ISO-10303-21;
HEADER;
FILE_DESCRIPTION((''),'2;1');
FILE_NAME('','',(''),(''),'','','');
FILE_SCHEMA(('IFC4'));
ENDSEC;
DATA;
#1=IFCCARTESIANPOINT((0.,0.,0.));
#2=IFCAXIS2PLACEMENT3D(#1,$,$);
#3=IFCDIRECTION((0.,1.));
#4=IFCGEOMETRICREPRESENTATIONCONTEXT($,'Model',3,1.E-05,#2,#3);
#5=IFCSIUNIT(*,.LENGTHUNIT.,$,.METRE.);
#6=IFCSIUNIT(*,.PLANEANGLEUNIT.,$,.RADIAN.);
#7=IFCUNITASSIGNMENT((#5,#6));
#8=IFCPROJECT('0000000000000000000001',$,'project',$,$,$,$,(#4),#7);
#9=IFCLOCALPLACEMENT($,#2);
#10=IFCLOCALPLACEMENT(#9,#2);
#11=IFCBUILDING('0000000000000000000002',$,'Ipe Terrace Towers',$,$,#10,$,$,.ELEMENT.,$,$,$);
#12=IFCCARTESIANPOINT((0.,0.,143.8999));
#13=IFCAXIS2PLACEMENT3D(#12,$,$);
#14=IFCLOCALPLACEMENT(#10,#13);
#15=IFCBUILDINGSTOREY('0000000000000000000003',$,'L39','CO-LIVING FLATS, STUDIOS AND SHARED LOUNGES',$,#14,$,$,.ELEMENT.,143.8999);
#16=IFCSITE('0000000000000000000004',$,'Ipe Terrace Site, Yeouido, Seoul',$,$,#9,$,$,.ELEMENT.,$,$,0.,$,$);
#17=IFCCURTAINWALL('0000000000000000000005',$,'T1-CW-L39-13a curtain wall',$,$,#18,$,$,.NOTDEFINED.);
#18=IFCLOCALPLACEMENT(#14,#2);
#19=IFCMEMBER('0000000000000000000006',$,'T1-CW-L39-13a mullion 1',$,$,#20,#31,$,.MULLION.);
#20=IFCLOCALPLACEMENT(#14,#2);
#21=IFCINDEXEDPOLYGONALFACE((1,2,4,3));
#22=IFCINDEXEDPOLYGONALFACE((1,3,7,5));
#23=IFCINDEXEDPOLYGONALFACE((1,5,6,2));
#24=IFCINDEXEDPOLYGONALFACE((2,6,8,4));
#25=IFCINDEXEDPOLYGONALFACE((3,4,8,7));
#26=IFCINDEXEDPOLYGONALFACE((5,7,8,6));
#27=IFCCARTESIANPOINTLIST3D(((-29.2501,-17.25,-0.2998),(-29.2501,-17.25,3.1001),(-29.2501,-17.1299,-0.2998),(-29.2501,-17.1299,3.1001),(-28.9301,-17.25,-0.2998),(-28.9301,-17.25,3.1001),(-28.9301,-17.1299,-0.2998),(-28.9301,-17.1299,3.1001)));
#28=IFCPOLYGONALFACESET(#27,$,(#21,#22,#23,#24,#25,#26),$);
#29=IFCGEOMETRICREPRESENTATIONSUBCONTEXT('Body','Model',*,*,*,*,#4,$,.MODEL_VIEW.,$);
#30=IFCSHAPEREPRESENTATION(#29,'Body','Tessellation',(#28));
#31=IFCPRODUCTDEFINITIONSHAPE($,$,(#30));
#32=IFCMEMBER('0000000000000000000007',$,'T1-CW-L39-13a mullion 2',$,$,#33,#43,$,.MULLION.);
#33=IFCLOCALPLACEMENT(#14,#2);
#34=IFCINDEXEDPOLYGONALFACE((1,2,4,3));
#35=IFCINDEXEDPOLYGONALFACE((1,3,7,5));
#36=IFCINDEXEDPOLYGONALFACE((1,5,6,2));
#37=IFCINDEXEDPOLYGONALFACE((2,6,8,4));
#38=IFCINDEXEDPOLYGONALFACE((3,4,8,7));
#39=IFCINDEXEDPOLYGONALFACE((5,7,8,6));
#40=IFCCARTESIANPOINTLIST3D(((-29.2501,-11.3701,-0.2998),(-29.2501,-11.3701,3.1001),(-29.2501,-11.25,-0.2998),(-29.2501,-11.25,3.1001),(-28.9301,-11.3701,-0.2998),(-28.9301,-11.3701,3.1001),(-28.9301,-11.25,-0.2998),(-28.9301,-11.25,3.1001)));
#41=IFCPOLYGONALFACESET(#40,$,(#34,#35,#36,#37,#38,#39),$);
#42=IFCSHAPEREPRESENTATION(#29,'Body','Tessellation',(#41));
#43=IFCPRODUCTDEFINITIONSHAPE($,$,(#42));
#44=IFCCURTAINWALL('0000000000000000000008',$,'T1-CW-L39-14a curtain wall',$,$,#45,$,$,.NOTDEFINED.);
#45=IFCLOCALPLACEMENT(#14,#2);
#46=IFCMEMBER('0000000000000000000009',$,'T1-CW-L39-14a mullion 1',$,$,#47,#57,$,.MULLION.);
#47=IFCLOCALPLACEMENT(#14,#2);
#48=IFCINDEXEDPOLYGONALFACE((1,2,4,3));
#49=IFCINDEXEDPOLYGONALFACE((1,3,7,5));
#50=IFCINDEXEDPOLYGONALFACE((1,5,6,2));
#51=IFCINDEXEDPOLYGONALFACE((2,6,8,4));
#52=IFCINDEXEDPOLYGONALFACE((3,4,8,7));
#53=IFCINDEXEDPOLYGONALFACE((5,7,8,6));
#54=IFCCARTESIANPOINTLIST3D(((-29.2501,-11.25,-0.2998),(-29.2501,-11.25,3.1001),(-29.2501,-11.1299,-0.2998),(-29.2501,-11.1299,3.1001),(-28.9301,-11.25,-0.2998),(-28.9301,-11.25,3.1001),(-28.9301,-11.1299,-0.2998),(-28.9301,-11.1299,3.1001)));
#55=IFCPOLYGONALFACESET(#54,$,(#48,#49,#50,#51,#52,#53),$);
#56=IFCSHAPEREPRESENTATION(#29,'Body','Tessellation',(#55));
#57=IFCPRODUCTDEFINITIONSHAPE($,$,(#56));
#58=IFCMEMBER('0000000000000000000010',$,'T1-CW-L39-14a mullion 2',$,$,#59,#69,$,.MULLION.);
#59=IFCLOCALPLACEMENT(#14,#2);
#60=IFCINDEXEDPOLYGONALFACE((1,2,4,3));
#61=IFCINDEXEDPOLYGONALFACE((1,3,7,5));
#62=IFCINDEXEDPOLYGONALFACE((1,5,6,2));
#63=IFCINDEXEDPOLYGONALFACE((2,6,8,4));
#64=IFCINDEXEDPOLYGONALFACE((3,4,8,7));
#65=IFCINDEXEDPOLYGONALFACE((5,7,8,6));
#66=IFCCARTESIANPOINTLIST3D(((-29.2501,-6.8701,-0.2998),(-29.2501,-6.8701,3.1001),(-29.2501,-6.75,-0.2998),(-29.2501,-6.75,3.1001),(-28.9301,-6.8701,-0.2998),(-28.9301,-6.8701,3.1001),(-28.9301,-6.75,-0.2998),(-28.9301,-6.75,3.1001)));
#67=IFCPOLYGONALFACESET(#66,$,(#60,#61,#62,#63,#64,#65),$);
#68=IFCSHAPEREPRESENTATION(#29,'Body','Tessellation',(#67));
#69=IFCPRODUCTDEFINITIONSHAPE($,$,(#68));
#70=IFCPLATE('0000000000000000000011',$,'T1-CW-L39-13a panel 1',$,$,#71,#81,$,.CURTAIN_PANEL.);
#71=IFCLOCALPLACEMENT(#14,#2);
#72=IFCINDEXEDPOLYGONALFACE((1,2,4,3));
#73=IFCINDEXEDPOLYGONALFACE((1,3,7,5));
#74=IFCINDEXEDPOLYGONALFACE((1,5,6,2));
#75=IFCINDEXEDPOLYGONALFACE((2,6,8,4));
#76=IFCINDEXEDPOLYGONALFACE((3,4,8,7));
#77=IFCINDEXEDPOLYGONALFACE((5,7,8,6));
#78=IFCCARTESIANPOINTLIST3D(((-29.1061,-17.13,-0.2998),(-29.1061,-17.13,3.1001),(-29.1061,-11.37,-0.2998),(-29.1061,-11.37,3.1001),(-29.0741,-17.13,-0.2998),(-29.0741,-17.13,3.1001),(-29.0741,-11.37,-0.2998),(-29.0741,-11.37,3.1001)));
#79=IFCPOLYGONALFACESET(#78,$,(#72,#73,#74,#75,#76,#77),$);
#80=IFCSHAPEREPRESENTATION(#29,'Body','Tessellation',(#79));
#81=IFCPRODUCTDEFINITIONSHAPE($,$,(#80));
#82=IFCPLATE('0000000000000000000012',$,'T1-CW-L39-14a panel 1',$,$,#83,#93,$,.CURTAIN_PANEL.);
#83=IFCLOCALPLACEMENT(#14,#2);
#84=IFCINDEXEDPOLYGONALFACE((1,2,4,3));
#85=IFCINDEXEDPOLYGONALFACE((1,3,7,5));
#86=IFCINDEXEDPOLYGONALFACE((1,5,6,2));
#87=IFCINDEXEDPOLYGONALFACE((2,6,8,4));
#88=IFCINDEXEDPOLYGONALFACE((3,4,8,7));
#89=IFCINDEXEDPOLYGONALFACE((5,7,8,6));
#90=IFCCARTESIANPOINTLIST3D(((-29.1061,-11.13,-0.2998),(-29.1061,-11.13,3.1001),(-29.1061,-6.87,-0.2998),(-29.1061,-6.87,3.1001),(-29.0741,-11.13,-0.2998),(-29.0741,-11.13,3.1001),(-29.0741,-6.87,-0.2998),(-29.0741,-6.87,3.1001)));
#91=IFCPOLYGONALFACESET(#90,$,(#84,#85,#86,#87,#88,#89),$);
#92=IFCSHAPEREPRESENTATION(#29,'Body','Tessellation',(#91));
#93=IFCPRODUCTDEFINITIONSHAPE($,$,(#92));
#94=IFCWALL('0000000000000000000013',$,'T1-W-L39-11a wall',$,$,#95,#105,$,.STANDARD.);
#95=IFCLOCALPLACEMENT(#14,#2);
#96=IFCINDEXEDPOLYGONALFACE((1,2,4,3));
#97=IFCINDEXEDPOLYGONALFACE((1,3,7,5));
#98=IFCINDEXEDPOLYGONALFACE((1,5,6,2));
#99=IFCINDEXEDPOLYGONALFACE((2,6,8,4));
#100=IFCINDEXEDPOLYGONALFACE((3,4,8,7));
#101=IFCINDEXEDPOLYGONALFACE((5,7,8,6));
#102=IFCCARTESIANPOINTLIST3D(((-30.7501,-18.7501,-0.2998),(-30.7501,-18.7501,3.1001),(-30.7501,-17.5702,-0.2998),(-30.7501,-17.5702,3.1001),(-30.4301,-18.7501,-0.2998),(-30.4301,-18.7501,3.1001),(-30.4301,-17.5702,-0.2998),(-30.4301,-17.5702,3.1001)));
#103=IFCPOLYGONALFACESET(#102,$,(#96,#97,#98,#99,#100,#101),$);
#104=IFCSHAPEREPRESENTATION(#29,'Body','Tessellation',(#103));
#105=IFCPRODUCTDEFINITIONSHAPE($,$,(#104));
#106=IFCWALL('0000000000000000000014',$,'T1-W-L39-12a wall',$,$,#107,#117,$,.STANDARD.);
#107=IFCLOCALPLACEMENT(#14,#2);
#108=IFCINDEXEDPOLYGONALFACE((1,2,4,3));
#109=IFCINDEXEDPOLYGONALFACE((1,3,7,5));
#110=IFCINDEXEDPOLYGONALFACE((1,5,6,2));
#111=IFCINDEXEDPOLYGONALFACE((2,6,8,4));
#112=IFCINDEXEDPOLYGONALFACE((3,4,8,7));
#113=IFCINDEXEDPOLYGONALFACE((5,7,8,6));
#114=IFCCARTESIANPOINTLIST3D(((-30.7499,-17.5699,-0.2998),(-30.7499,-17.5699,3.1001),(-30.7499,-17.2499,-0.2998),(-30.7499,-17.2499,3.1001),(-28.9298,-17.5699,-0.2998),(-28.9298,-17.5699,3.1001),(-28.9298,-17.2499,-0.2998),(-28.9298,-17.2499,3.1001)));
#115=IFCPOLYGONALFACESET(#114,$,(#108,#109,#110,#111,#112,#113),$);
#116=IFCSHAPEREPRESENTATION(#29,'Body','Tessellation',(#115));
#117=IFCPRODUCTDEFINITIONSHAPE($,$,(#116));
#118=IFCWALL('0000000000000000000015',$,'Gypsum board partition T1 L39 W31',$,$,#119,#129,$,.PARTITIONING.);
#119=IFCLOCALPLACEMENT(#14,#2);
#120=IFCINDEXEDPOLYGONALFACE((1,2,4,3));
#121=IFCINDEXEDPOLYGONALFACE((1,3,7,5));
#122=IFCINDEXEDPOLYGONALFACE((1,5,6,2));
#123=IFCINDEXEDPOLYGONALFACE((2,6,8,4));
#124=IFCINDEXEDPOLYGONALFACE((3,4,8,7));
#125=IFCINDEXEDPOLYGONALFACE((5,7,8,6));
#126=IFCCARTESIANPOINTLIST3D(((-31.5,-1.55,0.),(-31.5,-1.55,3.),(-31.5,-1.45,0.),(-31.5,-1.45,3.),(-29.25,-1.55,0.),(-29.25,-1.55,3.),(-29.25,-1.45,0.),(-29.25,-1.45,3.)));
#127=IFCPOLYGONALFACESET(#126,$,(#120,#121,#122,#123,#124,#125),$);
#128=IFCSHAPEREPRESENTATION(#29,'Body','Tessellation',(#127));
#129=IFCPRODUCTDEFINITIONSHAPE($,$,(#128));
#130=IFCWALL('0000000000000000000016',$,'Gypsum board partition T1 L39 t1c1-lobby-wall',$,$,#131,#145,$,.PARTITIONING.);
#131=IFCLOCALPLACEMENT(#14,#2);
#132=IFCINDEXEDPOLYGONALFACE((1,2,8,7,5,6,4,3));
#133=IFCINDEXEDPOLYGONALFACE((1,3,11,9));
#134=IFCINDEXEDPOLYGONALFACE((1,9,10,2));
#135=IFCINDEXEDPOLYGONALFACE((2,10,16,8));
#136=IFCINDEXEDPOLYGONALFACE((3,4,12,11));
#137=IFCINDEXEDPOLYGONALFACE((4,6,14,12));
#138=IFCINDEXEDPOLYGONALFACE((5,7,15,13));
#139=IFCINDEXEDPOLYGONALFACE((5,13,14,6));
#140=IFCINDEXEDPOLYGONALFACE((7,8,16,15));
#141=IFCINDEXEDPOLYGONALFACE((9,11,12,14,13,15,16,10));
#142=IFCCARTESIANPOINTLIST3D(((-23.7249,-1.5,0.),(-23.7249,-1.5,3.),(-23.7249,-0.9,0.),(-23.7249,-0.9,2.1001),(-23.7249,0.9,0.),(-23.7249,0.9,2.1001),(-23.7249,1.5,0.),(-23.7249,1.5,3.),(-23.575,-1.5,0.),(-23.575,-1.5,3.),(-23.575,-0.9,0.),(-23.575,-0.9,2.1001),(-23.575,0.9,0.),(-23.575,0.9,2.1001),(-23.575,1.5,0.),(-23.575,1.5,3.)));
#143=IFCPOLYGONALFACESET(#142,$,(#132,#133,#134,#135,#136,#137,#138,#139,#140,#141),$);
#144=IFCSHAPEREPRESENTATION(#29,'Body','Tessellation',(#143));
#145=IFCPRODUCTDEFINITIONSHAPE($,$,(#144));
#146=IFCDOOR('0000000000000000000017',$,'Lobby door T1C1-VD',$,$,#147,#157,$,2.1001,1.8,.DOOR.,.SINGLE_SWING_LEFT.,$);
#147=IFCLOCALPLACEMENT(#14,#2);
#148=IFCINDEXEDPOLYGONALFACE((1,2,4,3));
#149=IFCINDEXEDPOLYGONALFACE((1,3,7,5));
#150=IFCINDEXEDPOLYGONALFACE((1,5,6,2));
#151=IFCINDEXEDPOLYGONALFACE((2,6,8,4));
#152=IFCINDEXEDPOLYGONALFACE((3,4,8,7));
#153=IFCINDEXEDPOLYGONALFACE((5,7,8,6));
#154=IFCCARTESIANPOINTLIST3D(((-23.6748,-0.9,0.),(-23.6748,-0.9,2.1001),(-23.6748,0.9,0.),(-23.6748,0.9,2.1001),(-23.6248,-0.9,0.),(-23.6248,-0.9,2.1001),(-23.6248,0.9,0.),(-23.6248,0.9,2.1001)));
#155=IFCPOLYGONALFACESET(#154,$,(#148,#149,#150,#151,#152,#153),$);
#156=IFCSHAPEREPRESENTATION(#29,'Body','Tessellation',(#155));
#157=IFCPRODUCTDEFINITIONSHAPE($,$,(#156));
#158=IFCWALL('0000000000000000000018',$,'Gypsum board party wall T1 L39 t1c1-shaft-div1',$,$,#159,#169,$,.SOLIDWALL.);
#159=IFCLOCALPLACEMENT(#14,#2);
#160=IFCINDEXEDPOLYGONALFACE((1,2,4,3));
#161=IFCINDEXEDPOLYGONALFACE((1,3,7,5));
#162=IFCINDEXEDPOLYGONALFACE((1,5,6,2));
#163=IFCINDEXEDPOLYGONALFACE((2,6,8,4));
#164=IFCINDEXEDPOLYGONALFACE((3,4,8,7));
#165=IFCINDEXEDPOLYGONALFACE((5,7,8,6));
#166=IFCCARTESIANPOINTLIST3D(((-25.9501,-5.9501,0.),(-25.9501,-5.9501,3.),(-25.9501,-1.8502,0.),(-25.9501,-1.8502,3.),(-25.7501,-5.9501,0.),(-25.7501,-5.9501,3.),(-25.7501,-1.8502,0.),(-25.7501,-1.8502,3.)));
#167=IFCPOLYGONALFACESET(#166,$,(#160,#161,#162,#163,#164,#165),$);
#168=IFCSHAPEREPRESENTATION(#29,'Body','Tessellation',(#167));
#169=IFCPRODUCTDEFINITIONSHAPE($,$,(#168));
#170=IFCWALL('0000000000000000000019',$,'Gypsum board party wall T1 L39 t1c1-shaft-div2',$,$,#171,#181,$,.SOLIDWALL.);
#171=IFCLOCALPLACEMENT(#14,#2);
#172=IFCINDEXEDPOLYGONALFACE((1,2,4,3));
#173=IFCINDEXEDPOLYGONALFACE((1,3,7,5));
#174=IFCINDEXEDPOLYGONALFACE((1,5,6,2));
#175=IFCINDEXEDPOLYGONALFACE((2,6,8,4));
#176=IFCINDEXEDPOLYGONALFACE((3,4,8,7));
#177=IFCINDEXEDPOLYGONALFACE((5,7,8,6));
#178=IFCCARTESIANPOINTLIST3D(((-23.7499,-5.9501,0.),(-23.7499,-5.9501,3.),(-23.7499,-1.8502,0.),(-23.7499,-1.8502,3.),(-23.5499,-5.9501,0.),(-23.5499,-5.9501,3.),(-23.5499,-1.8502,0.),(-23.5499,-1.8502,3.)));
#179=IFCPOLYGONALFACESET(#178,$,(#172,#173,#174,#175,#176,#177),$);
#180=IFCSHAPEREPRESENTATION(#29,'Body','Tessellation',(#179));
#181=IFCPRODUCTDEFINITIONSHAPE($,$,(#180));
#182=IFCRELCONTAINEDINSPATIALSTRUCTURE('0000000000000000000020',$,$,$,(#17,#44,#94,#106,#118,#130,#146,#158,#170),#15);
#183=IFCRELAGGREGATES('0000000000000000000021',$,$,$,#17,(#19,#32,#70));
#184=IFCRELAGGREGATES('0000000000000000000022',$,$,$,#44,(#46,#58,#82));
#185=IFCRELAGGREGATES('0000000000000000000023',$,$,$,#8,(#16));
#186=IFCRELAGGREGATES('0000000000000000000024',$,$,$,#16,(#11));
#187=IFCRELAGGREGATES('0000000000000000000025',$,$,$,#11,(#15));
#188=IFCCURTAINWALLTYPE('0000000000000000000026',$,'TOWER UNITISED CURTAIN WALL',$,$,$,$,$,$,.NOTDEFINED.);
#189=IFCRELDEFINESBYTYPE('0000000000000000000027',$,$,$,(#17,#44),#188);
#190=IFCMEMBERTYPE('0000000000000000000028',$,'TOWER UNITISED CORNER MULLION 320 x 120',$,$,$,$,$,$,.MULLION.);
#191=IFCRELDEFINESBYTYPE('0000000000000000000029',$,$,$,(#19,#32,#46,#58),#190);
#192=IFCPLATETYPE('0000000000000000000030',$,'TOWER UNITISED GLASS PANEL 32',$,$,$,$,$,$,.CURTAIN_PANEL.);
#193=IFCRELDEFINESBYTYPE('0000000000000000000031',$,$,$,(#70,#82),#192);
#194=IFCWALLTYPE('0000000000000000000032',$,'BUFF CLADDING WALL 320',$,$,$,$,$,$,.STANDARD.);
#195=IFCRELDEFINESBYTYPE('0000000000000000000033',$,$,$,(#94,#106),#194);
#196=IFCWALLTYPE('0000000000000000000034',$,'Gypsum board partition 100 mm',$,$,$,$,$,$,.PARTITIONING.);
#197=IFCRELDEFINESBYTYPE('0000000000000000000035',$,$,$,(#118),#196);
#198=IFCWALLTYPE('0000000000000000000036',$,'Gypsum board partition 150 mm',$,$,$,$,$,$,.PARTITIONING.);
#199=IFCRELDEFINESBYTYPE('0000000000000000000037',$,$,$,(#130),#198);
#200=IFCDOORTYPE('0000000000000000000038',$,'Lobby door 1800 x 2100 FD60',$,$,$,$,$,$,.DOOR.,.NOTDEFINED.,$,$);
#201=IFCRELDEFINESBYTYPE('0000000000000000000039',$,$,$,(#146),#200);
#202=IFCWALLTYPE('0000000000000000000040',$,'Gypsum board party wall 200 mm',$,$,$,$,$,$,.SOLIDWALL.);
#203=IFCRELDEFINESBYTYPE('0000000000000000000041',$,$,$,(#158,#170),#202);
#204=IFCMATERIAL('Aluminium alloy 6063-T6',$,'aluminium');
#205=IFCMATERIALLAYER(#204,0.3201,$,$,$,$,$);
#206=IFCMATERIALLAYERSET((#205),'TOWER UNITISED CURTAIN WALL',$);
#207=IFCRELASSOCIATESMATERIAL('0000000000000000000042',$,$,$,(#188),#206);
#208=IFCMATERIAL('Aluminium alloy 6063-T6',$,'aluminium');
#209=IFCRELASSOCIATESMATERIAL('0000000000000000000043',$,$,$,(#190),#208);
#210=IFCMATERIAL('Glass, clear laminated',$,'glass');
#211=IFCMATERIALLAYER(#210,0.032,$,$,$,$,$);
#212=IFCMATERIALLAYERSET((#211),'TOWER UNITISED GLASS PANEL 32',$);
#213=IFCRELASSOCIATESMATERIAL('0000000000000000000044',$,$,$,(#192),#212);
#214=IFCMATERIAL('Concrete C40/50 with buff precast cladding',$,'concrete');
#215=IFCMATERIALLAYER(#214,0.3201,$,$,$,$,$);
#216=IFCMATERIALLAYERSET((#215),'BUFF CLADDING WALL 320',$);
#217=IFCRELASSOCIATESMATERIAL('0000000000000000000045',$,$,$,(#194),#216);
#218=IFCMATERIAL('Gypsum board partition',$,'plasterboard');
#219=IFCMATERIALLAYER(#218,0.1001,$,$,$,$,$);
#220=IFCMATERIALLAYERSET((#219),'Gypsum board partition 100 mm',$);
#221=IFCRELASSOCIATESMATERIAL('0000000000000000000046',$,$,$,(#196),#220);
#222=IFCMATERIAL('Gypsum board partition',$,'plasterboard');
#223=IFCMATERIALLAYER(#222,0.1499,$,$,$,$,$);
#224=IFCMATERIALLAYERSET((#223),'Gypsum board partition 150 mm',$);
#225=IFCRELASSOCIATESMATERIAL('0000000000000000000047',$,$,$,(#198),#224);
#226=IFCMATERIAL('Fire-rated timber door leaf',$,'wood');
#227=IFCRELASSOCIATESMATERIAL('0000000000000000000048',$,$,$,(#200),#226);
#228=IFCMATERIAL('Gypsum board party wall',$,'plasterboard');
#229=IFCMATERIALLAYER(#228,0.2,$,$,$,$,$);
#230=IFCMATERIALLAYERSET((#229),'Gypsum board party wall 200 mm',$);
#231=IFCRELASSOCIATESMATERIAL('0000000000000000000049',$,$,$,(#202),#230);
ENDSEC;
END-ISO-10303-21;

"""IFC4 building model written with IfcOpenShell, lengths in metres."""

from ifc_helpers import new_model, si_unit, direction, frame, frame_2d, origin, origin_2d, place, context, subcontext, project, spatial, rectangle, extrude, material, layer, layer_set, material_profile, profile_set, type_object, element, fill, aggregate, save


model = new_model("IFC4")

# Units and contexts
model_context = context("Model", 3, precision=1e-05, world=origin(), true_north=direction((0.0, 1.0)))
body_context = subcontext(model_context, "Body", "Model", "MODEL_VIEW")
ifc_project = project(units=[si_unit("LENGTHUNIT", "METRE"), si_unit("PLANEANGLEUNIT", "RADIAN")], contexts=[model_context])

# Site, building, storey
site_placement = place(None, origin())
site = spatial("IfcSite", under=ifc_project, at=site_placement, Name="Ipe Terrace Site, Yeouido, Seoul", CompositionType="ELEMENT", RefElevation=0.0)
building_placement = place(site_placement, origin())
building = spatial("IfcBuilding", under=site, at=building_placement, Name="Ipe Terrace Towers", CompositionType="ELEMENT")
storey_placement = place(building_placement, frame((0.0, 0.0, 143.8999)))
storey = spatial("IfcBuildingStorey", under=building, at=storey_placement, Name="L39", Description="CO-LIVING FLATS, STUDIOS AND SHARED LOUNGES", CompositionType="ELEMENT", Elevation=143.8999)

# Curtain walls, members
ifc_material_1 = material(Name="Aluminium alloy 6063-T6", Category="aluminium")
ifc_layer_1 = layer(ifc_material_1, 0.3201)
ifc_layer_set_1 = layer_set([ifc_layer_1], Name="TOWER UNITISED CURTAIN WALL")
curtain_wall_type = type_object("IfcCurtainWallType", Name="TOWER UNITISED CURTAIN WALL", PredefinedType="NOTDEFINED", material=ifc_layer_set_1)
curtain_wall_1_placement = place(storey_placement, origin())
curtain_wall_1 = element("IfcCurtainWall", 1, at=curtain_wall_1_placement, inside=storey, type_object=curtain_wall_type, Name="T1-CW-L39-13a curtain wall", PredefinedType="NOTDEFINED")
ifc_material_2 = material(Name="Aluminium alloy 6063-T6", Category="aluminium")
ifc_material_profile_1 = material_profile(ifc_material_2, rectangle(XDim=0.3201, YDim=0.1201, at=origin_2d()), Name="TOWER UNITISED CORNER MULLION 320 x 120")
ifc_profile_set_1 = profile_set([ifc_material_profile_1], Name="Aluminium alloy 6063-T6")
member_type = type_object("IfcMemberType", Name="TOWER UNITISED CORNER MULLION 320 x 120", PredefinedType="MULLION", material=ifc_profile_set_1)
member_1_placement = place(storey_placement, frame((-29.0901, -17.1899, -0.2998), z_axis=(0.0, 0.0, 1.0), x_axis=(1.0, 0.0, 0.0)))
member_1 = element("IfcMember", 2, at=member_1_placement, type_object=member_type, Name="T1-CW-L39-13a mullion 1", PredefinedType="MULLION", context=body_context, shape_type="SweptSolid", body=[
    extrude(rectangle(XDim=0.3201, YDim=0.1201, at=origin_2d()), origin(), (0.0, 0.0, 1.0), 3.3999),
])
member_2_placement = place(storey_placement, frame((-29.0901, -11.3101, -0.2998), z_axis=(0.0, 0.0, 1.0), x_axis=(1.0, 0.0, 0.0)))
member_2 = element("IfcMember", 3, at=member_2_placement, type_object=member_type, Name="T1-CW-L39-13a mullion 2", PredefinedType="MULLION", context=body_context, shape_type="SweptSolid", body=[
    extrude(rectangle(XDim=0.3201, YDim=0.1201, at=origin_2d()), origin(), (0.0, 0.0, 1.0), 3.3999),
])
curtain_wall_2_placement = place(storey_placement, origin())
curtain_wall_2 = element("IfcCurtainWall", 4, at=curtain_wall_2_placement, inside=storey, type_object=curtain_wall_type, Name="T1-CW-L39-14a curtain wall", PredefinedType="NOTDEFINED")
member_3_placement = place(storey_placement, frame((-29.0901, -11.1899, -0.2998), z_axis=(0.0, 0.0, 1.0), x_axis=(1.0, 0.0, 0.0)))
member_3 = element("IfcMember", 5, at=member_3_placement, type_object=member_type, Name="T1-CW-L39-14a mullion 1", PredefinedType="MULLION", context=body_context, shape_type="SweptSolid", body=[
    extrude(rectangle(XDim=0.3201, YDim=0.1201, at=origin_2d()), origin(), (0.0, 0.0, 1.0), 3.3999),
])
member_4_placement = place(storey_placement, frame((-29.0901, -6.8101, -0.2998), z_axis=(0.0, 0.0, 1.0), x_axis=(1.0, 0.0, 0.0)))
member_4 = element("IfcMember", 6, at=member_4_placement, type_object=member_type, Name="T1-CW-L39-14a mullion 2", PredefinedType="MULLION", context=body_context, shape_type="SweptSolid", body=[
    extrude(rectangle(XDim=0.3201, YDim=0.1201, at=origin_2d()), origin(), (0.0, 0.0, 1.0), 3.3999),
])

# Plates
ifc_material_3 = material(Name="Glass, clear laminated", Category="glass")
ifc_layer_2 = layer(ifc_material_3, 0.032)
ifc_layer_set_2 = layer_set([ifc_layer_2], Name="TOWER UNITISED GLASS PANEL 32")
plate_type = type_object("IfcPlateType", Name="TOWER UNITISED GLASS PANEL 32", PredefinedType="CURTAIN_PANEL", material=ifc_layer_set_2)
plate_1_placement = place(storey_placement, frame((-29.0901, -14.25, -0.2998), z_axis=(0.0, 0.0, 1.0), x_axis=(0.0, 1.0, 0.0)))
plate_1 = element("IfcPlate", 7, at=plate_1_placement, type_object=plate_type, Name="T1-CW-L39-13a panel 1", PredefinedType="CURTAIN_PANEL", context=body_context, shape_type="SweptSolid", body=[
    extrude(rectangle(XDim=5.76, YDim=0.032, at=origin_2d()), origin(), (0.0, 0.0, 1.0), 3.3999),
])
aggregate(curtain_wall_1, [member_1, member_2, plate_1])
plate_2_placement = place(storey_placement, frame((-29.0901, -9.0, -0.2998), z_axis=(0.0, 0.0, 1.0), x_axis=(0.0, 1.0, 0.0)))
plate_2 = element("IfcPlate", 8, at=plate_2_placement, type_object=plate_type, Name="T1-CW-L39-14a panel 1", PredefinedType="CURTAIN_PANEL", context=body_context, shape_type="SweptSolid", body=[
    extrude(rectangle(XDim=4.26, YDim=0.032, at=origin_2d()), origin(), (0.0, 0.0, 1.0), 3.3999),
])
aggregate(curtain_wall_2, [member_3, member_4, plate_2])

# Walls
ifc_material_4 = material(Name="Concrete C40/50 with buff precast cladding", Category="concrete")
ifc_layer_3 = layer(ifc_material_4, 0.3201)
ifc_layer_set_3 = layer_set([ifc_layer_3], Name="BUFF CLADDING WALL 320")
wall_type_1 = type_object("IfcWallType", Name="BUFF CLADDING WALL 320", PredefinedType="STANDARD", material=ifc_layer_set_3)
wall_1_placement = place(storey_placement, frame((-30.5901, -18.75, -0.2998), z_axis=(0.0, 0.0, 1.0), x_axis=(0.0, 1.0, 0.0)))
element("IfcWall", 9, at=wall_1_placement, inside=storey, type_object=wall_type_1, Name="T1-W-L39-11a wall", PredefinedType="STANDARD", context=body_context, shape_type="SweptSolid", body=[
    extrude(rectangle(XDim=1.1799, YDim=0.3201, at=frame_2d((0.5898, 0.0))), origin(), (0.0, 0.0, 1.0), 3.3999),
])
wall_2_placement = place(storey_placement, frame((-30.75, -17.4099, -0.2998), z_axis=(0.0, 0.0, 1.0), x_axis=(1.0, 0.0, 0.0)))
element("IfcWall", 10, at=wall_2_placement, inside=storey, type_object=wall_type_1, Name="T1-W-L39-12a wall", PredefinedType="STANDARD", context=body_context, shape_type="SweptSolid", body=[
    extrude(rectangle(XDim=1.8201, YDim=0.3201, at=frame_2d((0.9102, 0.0))), origin(), (0.0, 0.0, 1.0), 3.3999),
])
ifc_material_5 = material(Name="Gypsum board partition", Category="plasterboard")
ifc_layer_4 = layer(ifc_material_5, 0.1001)
ifc_layer_set_4 = layer_set([ifc_layer_4], Name="Gypsum board partition 100 mm")
wall_type_2 = type_object("IfcWallType", Name="Gypsum board partition 100 mm", PredefinedType="PARTITIONING", material=ifc_layer_set_4)
wall_3_placement = place(storey_placement, frame((-31.5, -1.5, 0.0), z_axis=(0.0, 0.0, 1.0), x_axis=(1.0, 0.0, 0.0)))
element("IfcWall", 11, at=wall_3_placement, inside=storey, type_object=wall_type_2, Name="Gypsum board partition T1 L39 W31", PredefinedType="PARTITIONING", context=body_context, shape_type="SweptSolid", body=[
    extrude(rectangle(XDim=2.25, YDim=0.1001, at=frame_2d((1.125, 0.0))), origin(), (0.0, 0.0, 1.0), 3.0),
])

# Wall, opening, door
ifc_material_6 = material(Name="Gypsum board partition", Category="plasterboard")
ifc_layer_5 = layer(ifc_material_6, 0.1499)
ifc_layer_set_5 = layer_set([ifc_layer_5], Name="Gypsum board partition 150 mm")
wall_type_3 = type_object("IfcWallType", Name="Gypsum board partition 150 mm", PredefinedType="PARTITIONING", material=ifc_layer_set_5)
wall_4_placement = place(storey_placement, frame((-23.6499, -1.5, 0.0), z_axis=(0.0, 0.0, 1.0), x_axis=(0.0, 1.0, 0.0)))
wall_4 = element("IfcWall", 12, at=wall_4_placement, inside=storey, type_object=wall_type_3, Name="Gypsum board partition T1 L39 t1c1-lobby-wall", PredefinedType="PARTITIONING", context=body_context, shape_type="SweptSolid", body=[
    extrude(rectangle(XDim=3.0, YDim=0.1499, at=frame_2d((1.5, 0.0))), origin(), (0.0, 0.0, 1.0), 3.0),
])
opening_1_placement = place(wall_4_placement, frame((0.6001, 0.0, 0.0)))
opening_1 = element("IfcOpeningElement", 13, at=opening_1_placement, cuts=wall_4, PredefinedType="OPENING", context=body_context, shape_type="SweptSolid", body=[
    extrude(rectangle(XDim=1.8, YDim=2.1001, at=frame_2d((0.8999, 1.05))), frame((0.0, 0.085, 0.0), z_axis=(0.0, -1.0, 0.0), x_axis=(1.0, 0.0, 0.0)), (0.0, 0.0, 1.0), 0.1699),
])
ifc_material_7 = material(Name="Fire-rated timber door leaf", Category="wood")
door_type_1 = type_object("IfcDoorType", Name="Lobby door 1800 x 2100 FD60", OperationType="NOTDEFINED", PredefinedType="DOOR", material=ifc_material_7)
door_1_placement = place(opening_1_placement, origin())
door_1 = element("IfcDoor", 14, at=door_1_placement, inside=storey, type_object=door_type_1, Name="Lobby door T1C1-VD", OperationType="SINGLE_SWING_LEFT", OverallHeight=2.1001, OverallWidth=1.8, PredefinedType="DOOR", context=body_context, shape_type="SweptSolid", body=[
    extrude(rectangle(XDim=1.8, YDim=2.1001, at=frame_2d((0.8999, 1.05))), frame((0.0, 0.0249, 0.0), z_axis=(0.0, -1.0, 0.0), x_axis=(1.0, 0.0, 0.0)), (0.0, 0.0, 1.0), 0.05),
])
fill(opening_1, door_1)

# Walls
ifc_material_8 = material(Name="Gypsum board party wall", Category="plasterboard")
ifc_layer_6 = layer(ifc_material_8, 0.2)
ifc_layer_set_6 = layer_set([ifc_layer_6], Name="Gypsum board party wall 200 mm")
wall_type_4 = type_object("IfcWallType", Name="Gypsum board party wall 200 mm", PredefinedType="SOLIDWALL", material=ifc_layer_set_6)
for number, where, z_axis, x_axis, name in (
    (15, (-25.8501, -5.95, 0.0), (0.0, 0.0, 1.0), (0.0, 1.0, 0.0), "Gypsum board party wall T1 L39 t1c1-shaft-div1"),
    (16, (-23.6499, -5.95, 0.0), (0.0, 0.0, 1.0), (0.0, 1.0, 0.0), "Gypsum board party wall T1 L39 t1c1-shaft-div2"),
):
    element("IfcWall", number, at=place(storey_placement, frame(where, z_axis=z_axis, x_axis=x_axis)), inside=storey, type_object=wall_type_4, Name=name, PredefinedType="SOLIDWALL", context=body_context, shape_type="SweptSolid", body=[
        extrude(rectangle(XDim=4.0999, YDim=0.2, at=frame_2d((2.0498, 0.0))), origin(), (0.0, 0.0, 1.0), 3.0),
    ])

save(model, "model.ifc")
